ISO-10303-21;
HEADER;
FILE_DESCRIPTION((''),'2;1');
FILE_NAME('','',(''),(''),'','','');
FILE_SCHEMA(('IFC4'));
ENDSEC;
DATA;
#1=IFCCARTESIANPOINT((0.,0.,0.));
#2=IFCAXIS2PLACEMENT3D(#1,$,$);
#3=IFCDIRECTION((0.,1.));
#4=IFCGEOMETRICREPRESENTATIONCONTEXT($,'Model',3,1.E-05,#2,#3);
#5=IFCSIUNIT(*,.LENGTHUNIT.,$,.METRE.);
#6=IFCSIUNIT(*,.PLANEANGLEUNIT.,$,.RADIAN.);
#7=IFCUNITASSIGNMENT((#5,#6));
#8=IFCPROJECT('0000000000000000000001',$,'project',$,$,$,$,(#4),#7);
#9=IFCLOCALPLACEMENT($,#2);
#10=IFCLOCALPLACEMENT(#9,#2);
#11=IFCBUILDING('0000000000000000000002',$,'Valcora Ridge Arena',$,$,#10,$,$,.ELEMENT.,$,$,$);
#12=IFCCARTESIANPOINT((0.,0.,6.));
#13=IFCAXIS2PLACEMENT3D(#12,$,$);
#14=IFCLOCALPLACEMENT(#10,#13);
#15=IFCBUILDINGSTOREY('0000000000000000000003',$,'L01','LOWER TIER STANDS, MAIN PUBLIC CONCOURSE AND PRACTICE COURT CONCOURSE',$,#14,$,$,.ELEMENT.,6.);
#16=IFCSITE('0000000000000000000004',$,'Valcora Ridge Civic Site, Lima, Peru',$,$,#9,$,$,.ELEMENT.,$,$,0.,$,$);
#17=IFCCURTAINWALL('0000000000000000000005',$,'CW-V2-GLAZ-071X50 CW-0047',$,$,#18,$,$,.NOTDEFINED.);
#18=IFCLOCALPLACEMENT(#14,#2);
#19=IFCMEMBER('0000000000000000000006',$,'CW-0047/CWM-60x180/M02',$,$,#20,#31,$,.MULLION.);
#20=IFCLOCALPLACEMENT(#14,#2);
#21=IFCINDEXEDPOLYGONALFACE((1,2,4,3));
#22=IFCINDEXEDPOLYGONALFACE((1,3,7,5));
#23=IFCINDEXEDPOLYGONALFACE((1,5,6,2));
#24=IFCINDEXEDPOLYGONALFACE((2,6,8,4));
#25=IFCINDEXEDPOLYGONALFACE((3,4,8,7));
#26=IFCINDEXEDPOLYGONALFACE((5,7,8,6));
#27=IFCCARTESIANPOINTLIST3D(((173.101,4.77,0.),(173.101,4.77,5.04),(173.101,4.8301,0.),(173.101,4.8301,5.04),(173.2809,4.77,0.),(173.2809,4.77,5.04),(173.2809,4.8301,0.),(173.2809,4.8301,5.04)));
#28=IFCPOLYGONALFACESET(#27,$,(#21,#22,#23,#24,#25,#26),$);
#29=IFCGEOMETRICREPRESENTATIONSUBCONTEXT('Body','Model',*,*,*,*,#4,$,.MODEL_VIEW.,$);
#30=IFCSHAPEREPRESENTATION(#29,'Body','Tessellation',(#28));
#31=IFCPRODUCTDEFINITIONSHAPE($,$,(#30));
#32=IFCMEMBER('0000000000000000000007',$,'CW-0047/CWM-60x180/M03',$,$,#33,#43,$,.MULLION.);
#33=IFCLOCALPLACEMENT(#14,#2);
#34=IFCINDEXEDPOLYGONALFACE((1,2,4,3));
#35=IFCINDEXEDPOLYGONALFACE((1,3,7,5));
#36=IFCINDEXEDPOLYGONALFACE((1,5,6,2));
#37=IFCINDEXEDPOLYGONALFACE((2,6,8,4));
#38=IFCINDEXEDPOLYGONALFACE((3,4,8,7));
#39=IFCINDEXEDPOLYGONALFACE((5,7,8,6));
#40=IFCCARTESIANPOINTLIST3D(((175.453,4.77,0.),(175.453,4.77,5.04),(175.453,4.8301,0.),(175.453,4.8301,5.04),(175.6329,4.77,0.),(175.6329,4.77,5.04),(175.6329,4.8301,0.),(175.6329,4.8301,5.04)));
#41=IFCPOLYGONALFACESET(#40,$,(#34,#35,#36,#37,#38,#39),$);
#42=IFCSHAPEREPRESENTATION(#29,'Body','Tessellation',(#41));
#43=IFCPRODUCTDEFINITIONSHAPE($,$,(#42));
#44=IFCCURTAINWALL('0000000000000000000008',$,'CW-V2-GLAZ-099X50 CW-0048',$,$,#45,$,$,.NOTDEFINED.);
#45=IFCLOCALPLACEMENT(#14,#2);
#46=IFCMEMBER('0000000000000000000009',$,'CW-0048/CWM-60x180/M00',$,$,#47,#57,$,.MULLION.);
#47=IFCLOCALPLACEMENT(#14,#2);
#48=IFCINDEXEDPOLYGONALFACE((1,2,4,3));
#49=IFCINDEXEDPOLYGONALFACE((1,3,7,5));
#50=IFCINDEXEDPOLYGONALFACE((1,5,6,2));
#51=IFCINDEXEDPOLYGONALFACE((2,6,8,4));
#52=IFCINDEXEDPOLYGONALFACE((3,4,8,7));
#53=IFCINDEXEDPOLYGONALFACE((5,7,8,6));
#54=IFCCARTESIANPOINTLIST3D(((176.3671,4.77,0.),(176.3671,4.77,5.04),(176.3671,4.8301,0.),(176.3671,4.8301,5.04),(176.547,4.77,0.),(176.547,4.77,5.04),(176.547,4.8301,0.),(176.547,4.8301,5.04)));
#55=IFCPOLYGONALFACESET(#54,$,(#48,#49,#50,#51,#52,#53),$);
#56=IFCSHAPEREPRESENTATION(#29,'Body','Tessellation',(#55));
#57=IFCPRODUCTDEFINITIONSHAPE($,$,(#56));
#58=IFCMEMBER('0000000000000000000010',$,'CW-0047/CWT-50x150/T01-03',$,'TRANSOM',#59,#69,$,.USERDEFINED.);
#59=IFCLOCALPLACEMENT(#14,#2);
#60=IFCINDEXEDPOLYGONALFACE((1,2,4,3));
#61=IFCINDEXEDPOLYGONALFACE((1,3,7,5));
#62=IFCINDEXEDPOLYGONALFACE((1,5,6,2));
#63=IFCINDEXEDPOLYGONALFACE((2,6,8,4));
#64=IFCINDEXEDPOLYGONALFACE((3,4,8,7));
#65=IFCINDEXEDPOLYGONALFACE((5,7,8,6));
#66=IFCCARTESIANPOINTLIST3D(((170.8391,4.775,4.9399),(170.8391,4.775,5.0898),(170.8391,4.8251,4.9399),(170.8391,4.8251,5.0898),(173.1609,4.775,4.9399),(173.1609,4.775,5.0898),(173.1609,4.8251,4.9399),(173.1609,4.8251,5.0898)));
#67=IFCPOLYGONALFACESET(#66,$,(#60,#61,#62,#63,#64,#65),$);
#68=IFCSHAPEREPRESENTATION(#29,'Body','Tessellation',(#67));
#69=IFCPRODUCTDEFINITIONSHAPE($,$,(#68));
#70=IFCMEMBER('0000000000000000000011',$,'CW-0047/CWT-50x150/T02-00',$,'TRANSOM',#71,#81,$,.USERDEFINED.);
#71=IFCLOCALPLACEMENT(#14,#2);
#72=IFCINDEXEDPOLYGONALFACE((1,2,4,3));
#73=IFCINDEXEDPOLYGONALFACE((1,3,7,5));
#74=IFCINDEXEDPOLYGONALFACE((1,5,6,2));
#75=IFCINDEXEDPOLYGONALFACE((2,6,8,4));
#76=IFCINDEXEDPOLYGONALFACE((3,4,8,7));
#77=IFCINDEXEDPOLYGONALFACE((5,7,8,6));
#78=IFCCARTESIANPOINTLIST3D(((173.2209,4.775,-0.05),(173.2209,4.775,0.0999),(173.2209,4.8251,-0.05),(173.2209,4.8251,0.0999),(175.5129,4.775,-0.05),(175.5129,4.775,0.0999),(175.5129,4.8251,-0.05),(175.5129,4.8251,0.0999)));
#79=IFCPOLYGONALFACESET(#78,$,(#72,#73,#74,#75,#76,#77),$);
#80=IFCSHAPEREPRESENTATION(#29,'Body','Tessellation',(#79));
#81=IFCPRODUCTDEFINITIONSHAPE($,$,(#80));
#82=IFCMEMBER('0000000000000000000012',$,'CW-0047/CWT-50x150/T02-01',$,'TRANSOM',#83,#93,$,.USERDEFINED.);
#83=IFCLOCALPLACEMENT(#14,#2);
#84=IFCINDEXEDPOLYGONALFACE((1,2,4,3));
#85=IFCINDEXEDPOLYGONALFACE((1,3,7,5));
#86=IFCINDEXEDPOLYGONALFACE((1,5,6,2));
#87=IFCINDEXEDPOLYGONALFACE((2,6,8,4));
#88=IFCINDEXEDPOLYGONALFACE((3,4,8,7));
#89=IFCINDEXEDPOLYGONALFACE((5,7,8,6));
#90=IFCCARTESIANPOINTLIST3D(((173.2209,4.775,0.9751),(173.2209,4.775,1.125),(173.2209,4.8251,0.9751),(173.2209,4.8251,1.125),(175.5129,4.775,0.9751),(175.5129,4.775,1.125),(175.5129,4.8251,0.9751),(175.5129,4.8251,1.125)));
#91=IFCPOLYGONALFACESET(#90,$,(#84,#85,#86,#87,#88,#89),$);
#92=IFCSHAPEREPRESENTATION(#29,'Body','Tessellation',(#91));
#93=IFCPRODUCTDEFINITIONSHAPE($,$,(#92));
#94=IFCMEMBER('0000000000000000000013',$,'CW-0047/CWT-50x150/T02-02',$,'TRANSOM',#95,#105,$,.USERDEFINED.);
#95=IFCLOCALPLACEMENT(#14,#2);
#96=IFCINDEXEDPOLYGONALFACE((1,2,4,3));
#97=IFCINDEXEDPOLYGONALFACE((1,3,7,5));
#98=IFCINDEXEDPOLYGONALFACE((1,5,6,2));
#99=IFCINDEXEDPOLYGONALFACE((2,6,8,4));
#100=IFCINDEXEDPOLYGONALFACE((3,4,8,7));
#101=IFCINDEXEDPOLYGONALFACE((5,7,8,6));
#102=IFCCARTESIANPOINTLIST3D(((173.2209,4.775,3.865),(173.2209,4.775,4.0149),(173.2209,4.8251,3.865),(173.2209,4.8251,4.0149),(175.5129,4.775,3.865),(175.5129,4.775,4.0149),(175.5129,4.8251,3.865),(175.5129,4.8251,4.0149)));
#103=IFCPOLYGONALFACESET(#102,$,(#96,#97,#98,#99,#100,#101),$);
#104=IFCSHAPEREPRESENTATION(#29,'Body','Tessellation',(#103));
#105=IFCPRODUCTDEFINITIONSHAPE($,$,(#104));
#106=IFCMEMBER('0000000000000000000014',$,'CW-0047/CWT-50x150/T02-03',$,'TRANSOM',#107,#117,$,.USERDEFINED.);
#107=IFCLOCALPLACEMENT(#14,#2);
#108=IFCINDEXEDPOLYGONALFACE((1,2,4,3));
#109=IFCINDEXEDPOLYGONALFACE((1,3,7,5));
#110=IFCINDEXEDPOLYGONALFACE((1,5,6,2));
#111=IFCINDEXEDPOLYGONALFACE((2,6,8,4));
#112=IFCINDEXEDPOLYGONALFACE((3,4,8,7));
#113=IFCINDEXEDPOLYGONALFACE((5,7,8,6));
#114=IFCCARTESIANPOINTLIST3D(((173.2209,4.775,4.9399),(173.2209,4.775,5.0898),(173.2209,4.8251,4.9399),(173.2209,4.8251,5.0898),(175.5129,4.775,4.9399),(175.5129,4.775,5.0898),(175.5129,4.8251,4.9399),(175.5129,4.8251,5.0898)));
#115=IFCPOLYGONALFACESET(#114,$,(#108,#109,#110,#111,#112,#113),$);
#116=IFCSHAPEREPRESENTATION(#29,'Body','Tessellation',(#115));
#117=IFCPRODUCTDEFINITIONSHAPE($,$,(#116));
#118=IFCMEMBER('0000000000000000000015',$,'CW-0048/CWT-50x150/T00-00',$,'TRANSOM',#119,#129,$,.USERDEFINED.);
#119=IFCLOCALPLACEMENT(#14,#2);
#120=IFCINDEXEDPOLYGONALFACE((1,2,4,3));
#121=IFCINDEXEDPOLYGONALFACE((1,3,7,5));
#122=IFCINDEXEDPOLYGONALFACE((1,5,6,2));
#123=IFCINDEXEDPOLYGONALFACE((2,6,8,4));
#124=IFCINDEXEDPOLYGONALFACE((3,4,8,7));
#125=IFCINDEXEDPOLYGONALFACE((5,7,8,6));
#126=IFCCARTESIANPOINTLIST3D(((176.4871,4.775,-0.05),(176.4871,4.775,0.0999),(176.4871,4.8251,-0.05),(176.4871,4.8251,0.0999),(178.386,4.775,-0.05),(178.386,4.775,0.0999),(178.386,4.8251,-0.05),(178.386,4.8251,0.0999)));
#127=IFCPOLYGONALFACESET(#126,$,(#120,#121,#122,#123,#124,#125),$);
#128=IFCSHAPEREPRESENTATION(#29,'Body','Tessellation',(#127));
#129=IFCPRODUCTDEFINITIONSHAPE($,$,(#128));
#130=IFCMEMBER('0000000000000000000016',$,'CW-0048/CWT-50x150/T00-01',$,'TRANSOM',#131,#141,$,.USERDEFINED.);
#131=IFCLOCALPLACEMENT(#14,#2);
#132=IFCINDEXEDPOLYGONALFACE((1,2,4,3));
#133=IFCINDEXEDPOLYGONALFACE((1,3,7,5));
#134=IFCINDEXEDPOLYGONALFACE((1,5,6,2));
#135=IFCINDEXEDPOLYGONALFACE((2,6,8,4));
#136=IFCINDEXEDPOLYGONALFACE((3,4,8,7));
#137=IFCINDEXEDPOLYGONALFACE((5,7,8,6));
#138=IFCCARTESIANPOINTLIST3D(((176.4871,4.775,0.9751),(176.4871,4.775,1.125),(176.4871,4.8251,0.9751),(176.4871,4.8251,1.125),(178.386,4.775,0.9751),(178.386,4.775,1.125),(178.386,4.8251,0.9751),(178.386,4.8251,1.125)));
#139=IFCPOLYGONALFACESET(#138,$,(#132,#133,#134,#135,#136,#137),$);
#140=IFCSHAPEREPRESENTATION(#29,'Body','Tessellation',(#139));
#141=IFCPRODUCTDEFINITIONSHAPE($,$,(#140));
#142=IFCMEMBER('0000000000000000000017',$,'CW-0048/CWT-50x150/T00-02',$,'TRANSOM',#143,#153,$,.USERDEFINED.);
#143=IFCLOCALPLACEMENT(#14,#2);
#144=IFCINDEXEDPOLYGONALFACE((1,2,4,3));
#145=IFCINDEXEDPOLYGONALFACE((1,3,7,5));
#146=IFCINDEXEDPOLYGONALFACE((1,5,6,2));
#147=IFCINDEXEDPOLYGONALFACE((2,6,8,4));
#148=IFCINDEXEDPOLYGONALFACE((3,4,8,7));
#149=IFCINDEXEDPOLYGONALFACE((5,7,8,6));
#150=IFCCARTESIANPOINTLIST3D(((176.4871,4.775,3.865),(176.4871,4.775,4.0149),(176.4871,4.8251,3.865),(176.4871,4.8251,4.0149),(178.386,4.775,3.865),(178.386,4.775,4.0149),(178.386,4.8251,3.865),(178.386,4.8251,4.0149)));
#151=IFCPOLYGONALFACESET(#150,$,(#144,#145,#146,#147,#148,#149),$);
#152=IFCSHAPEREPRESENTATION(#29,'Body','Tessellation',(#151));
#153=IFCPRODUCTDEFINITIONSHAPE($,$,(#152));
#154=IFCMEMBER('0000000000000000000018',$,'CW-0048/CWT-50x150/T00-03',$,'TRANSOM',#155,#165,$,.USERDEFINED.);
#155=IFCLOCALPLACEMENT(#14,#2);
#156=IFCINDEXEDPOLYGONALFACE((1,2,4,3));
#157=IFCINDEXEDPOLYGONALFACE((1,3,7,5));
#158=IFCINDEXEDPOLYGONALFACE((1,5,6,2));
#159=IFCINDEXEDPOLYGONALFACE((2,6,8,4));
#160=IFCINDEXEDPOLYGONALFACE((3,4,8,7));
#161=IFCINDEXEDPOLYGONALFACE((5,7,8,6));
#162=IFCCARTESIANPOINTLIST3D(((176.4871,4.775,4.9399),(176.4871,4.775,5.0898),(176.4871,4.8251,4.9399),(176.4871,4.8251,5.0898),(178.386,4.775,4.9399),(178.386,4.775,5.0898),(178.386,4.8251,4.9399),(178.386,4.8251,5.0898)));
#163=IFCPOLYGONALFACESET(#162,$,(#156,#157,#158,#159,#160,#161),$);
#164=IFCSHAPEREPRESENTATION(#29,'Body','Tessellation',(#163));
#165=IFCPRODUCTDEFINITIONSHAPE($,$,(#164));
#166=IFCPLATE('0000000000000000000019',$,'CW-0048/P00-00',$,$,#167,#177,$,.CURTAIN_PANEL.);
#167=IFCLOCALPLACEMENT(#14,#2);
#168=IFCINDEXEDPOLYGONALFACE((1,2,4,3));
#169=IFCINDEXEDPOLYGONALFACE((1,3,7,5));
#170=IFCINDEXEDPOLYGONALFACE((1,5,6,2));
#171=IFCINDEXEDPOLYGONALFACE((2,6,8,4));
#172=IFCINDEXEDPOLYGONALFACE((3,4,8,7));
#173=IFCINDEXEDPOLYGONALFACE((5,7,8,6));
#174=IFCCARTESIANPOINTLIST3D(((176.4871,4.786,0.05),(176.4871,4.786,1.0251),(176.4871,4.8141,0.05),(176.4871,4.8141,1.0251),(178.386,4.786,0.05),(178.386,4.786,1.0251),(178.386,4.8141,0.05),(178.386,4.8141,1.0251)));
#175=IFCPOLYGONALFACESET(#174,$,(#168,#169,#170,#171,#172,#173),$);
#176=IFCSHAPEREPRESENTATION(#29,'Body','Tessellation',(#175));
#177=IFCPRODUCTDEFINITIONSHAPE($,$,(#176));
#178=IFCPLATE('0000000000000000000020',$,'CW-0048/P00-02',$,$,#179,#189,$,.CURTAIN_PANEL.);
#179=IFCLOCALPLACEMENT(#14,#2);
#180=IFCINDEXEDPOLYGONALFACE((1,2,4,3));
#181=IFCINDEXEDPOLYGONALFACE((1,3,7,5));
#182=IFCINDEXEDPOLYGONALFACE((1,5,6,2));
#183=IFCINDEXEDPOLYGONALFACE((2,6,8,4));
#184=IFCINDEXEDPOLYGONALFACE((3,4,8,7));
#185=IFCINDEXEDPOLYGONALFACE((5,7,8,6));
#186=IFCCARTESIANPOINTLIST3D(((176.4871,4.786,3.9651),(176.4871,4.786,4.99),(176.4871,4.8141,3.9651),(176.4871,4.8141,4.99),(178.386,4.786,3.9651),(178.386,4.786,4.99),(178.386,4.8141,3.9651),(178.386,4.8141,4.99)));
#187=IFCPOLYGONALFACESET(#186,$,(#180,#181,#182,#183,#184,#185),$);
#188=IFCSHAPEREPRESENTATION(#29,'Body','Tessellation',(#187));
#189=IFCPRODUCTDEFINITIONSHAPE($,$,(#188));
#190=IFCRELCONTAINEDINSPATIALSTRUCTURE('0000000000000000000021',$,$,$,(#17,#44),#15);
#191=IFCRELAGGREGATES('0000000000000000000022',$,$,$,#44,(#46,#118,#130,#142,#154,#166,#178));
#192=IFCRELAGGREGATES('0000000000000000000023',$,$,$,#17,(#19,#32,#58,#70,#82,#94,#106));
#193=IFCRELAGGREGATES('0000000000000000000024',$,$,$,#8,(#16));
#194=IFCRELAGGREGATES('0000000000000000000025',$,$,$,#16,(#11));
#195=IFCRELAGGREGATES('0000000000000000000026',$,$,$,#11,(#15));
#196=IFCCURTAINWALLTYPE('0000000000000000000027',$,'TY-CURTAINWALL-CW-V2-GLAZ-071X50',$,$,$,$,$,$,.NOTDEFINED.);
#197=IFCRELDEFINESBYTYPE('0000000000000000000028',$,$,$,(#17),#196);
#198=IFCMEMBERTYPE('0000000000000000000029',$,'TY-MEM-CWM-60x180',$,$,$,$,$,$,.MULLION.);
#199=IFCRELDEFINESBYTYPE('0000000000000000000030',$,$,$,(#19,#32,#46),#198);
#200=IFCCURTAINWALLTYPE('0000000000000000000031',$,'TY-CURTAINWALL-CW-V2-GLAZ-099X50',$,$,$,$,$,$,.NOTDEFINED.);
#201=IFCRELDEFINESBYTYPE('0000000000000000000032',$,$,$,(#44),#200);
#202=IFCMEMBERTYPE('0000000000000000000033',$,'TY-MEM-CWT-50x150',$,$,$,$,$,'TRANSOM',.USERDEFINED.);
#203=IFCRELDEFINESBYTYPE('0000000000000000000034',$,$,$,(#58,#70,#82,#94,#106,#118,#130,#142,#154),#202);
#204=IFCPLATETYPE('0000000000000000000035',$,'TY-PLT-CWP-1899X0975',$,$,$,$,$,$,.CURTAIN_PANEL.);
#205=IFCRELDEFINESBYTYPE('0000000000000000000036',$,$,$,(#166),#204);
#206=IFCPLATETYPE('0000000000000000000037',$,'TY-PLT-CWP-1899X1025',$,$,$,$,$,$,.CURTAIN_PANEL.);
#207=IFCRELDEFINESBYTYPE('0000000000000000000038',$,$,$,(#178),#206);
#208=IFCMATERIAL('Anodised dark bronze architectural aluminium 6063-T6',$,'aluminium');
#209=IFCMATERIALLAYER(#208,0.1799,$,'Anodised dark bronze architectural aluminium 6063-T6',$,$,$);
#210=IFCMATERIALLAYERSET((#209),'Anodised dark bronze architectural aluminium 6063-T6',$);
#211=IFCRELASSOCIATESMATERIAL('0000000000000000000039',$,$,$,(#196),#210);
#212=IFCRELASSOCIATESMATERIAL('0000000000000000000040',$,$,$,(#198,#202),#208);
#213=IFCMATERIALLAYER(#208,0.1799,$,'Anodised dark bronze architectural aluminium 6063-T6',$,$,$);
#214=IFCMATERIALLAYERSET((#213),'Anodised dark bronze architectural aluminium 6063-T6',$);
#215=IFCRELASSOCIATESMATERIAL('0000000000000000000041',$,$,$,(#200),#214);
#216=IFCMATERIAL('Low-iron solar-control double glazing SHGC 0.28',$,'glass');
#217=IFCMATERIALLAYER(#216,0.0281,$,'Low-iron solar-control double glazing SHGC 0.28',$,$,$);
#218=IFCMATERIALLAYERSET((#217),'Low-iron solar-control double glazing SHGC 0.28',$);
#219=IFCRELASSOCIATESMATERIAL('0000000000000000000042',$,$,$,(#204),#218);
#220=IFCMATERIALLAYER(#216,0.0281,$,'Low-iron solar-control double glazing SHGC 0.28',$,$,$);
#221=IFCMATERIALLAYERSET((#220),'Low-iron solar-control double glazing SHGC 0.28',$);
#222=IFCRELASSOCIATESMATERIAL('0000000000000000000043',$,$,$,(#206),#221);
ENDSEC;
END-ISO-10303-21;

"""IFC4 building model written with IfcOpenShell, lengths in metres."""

from ifc_helpers import new_model, si_unit, direction, frame, origin, origin_2d, place, context, subcontext, project, spatial, rectangle, extrude, material, layer, layer_set, material_profile, profile_set, type_object, element, aggregate, save


model = new_model("IFC4")

# Units and contexts
model_context = context("Model", 3, precision=1e-05, world=origin(), true_north=direction((0.0, 1.0)))
body_context = subcontext(model_context, "Body", "Model", "MODEL_VIEW")
ifc_project = project(units=[si_unit("LENGTHUNIT", "METRE"), si_unit("PLANEANGLEUNIT", "RADIAN")], contexts=[model_context])

# Site, building, storey
site_placement = place(None, origin())
site = spatial("IfcSite", under=ifc_project, at=site_placement, Name="Valcora Ridge Civic Site, Lima, Peru", CompositionType="ELEMENT", RefElevation=0.0)
building_placement = place(site_placement, origin())
building = spatial("IfcBuilding", under=site, at=building_placement, Name="Valcora Ridge Arena", CompositionType="ELEMENT")
storey_placement = place(building_placement, frame((0.0, 0.0, 6.0)))
storey = spatial("IfcBuildingStorey", under=building, at=storey_placement, Name="L01", Description="LOWER TIER STANDS, MAIN PUBLIC CONCOURSE AND PRACTICE COURT CONCOURSE", CompositionType="ELEMENT", Elevation=6.0)

# Curtain wall, members
ifc_material_1 = material(Name="Anodised dark bronze architectural aluminium 6063-T6", Category="aluminium")
ifc_layer_1 = layer(ifc_material_1, 0.1799, Name="Anodised dark bronze architectural aluminium 6063-T6")
ifc_layer_set_1 = layer_set([ifc_layer_1], Name="Anodised dark bronze architectural aluminium 6063-T6")
curtain_wall_type_1 = type_object("IfcCurtainWallType", Name="TY-CURTAINWALL-CW-V2-GLAZ-071X50", PredefinedType="NOTDEFINED", material=ifc_layer_set_1)
curtain_wall_1_placement = place(storey_placement, origin())
curtain_wall_1 = element("IfcCurtainWall", 1, at=curtain_wall_1_placement, inside=storey, type_object=curtain_wall_type_1, Name="CW-V2-GLAZ-071X50 CW-0047", PredefinedType="NOTDEFINED")
ifc_material_profile_1 = material_profile(ifc_material_1, rectangle(XDim=0.0601, YDim=0.1799, at=origin_2d()), Name="ALU MULLION 60x180")
ifc_profile_set_1 = profile_set([ifc_material_profile_1], Name="Anodised dark bronze architectural aluminium 6063-T6")
member_type_1 = type_object("IfcMemberType", Name="TY-MEM-CWM-60x180", PredefinedType="MULLION", material=ifc_profile_set_1)
member_1_placement = place(storey_placement, frame((173.1909, 4.8, 0.0), z_axis=(0.0, 0.0, 1.0), x_axis=(0.0, 1.0, 0.0)))
member_1 = element("IfcMember", 2, at=member_1_placement, type_object=member_type_1, Name="CW-0047/CWM-60x180/M02", PredefinedType="MULLION", context=body_context, shape_type="SweptSolid", body=[
    extrude(rectangle(XDim=0.0601, YDim=0.1799, at=origin_2d()), origin(), (0.0, 0.0, 1.0), 5.04),
])
member_2_placement = place(storey_placement, frame((175.543, 4.8, 0.0), z_axis=(0.0, 0.0, 1.0), x_axis=(0.0, 1.0, 0.0)))
member_2 = element("IfcMember", 3, at=member_2_placement, type_object=member_type_1, Name="CW-0047/CWM-60x180/M03", PredefinedType="MULLION", context=body_context, shape_type="SweptSolid", body=[
    extrude(rectangle(XDim=0.0601, YDim=0.1799, at=origin_2d()), origin(), (0.0, 0.0, 1.0), 5.04),
])

# Curtain wall, member
ifc_layer_2 = layer(ifc_material_1, 0.1799, Name="Anodised dark bronze architectural aluminium 6063-T6")
ifc_layer_set_2 = layer_set([ifc_layer_2], Name="Anodised dark bronze architectural aluminium 6063-T6")
curtain_wall_type_2 = type_object("IfcCurtainWallType", Name="TY-CURTAINWALL-CW-V2-GLAZ-099X50", PredefinedType="NOTDEFINED", material=ifc_layer_set_2)
curtain_wall_2_placement = place(storey_placement, origin())
curtain_wall_2 = element("IfcCurtainWall", 4, at=curtain_wall_2_placement, inside=storey, type_object=curtain_wall_type_2, Name="CW-V2-GLAZ-099X50 CW-0048", PredefinedType="NOTDEFINED")
member_3_placement = place(storey_placement, frame((176.457, 4.8, 0.0), z_axis=(0.0, 0.0, 1.0), x_axis=(0.0, 1.0, 0.0)))
member_3 = element("IfcMember", 5, at=member_3_placement, type_object=member_type_1, Name="CW-0048/CWM-60x180/M00", PredefinedType="MULLION", context=body_context, shape_type="SweptSolid", body=[
    extrude(rectangle(XDim=0.0601, YDim=0.1799, at=origin_2d()), origin(), (0.0, 0.0, 1.0), 5.04),
])

# Members
ifc_material_profile_2 = material_profile(ifc_material_1, rectangle(XDim=0.05, YDim=0.1499, at=origin_2d()), Name="ALU TRANSOM 50x150")
ifc_profile_set_2 = profile_set([ifc_material_profile_2], Name="Anodised dark bronze architectural aluminium 6063-T6")
member_type_2 = type_object("IfcMemberType", Name="TY-MEM-CWT-50x150", ElementType="TRANSOM", PredefinedType="USERDEFINED", material=ifc_profile_set_2)
member_4_placement = place(storey_placement, frame((170.8391, 4.8, 5.0149), z_axis=(1.0, 0.0, 0.0), x_axis=(0.0, 1.0, 0.0)))
member_4 = element("IfcMember", 6, at=member_4_placement, type_object=member_type_2, Name="CW-0047/CWT-50x150/T01-03", ObjectType="TRANSOM", PredefinedType="USERDEFINED", context=body_context, shape_type="SweptSolid", body=[
    extrude(rectangle(XDim=0.05, YDim=0.1499, at=origin_2d()), origin(), (0.0, 0.0, 1.0), 2.3218),
])
member_5_placement = place(storey_placement, frame((173.2209, 4.8, 0.0249), z_axis=(1.0, 0.0, 0.0), x_axis=(0.0, 1.0, 0.0)))
member_5 = element("IfcMember", 7, at=member_5_placement, type_object=member_type_2, Name="CW-0047/CWT-50x150/T02-00", ObjectType="TRANSOM", PredefinedType="USERDEFINED", context=body_context, shape_type="SweptSolid", body=[
    extrude(rectangle(XDim=0.05, YDim=0.1499, at=origin_2d()), origin(), (0.0, 0.0, 1.0), 2.292),
])
member_6_placement = place(storey_placement, frame((173.2209, 4.8, 1.05), z_axis=(1.0, 0.0, 0.0), x_axis=(0.0, 1.0, 0.0)))
member_6 = element("IfcMember", 8, at=member_6_placement, type_object=member_type_2, Name="CW-0047/CWT-50x150/T02-01", ObjectType="TRANSOM", PredefinedType="USERDEFINED", context=body_context, shape_type="SweptSolid", body=[
    extrude(rectangle(XDim=0.05, YDim=0.1499, at=origin_2d()), origin(), (0.0, 0.0, 1.0), 2.292),
])
member_7_placement = place(storey_placement, frame((173.2209, 4.8, 3.9399), z_axis=(1.0, 0.0, 0.0), x_axis=(0.0, 1.0, 0.0)))
member_7 = element("IfcMember", 9, at=member_7_placement, type_object=member_type_2, Name="CW-0047/CWT-50x150/T02-02", ObjectType="TRANSOM", PredefinedType="USERDEFINED", context=body_context, shape_type="SweptSolid", body=[
    extrude(rectangle(XDim=0.05, YDim=0.1499, at=origin_2d()), origin(), (0.0, 0.0, 1.0), 2.292),
])
member_8_placement = place(storey_placement, frame((173.2209, 4.8, 5.0149), z_axis=(1.0, 0.0, 0.0), x_axis=(0.0, 1.0, 0.0)))
member_8 = element("IfcMember", 10, at=member_8_placement, type_object=member_type_2, Name="CW-0047/CWT-50x150/T02-03", ObjectType="TRANSOM", PredefinedType="USERDEFINED", context=body_context, shape_type="SweptSolid", body=[
    extrude(rectangle(XDim=0.05, YDim=0.1499, at=origin_2d()), origin(), (0.0, 0.0, 1.0), 2.292),
])
member_9_placement = place(storey_placement, frame((176.4871, 4.8, 0.0249), z_axis=(1.0, 0.0, 0.0), x_axis=(0.0, 1.0, 0.0)))
member_9 = element("IfcMember", 11, at=member_9_placement, type_object=member_type_2, Name="CW-0048/CWT-50x150/T00-00", ObjectType="TRANSOM", PredefinedType="USERDEFINED", context=body_context, shape_type="SweptSolid", body=[
    extrude(rectangle(XDim=0.05, YDim=0.1499, at=origin_2d()), origin(), (0.0, 0.0, 1.0), 1.8989),
])
member_10_placement = place(storey_placement, frame((176.4871, 4.8, 1.05), z_axis=(1.0, 0.0, 0.0), x_axis=(0.0, 1.0, 0.0)))
member_10 = element("IfcMember", 12, at=member_10_placement, type_object=member_type_2, Name="CW-0048/CWT-50x150/T00-01", ObjectType="TRANSOM", PredefinedType="USERDEFINED", context=body_context, shape_type="SweptSolid", body=[
    extrude(rectangle(XDim=0.05, YDim=0.1499, at=origin_2d()), origin(), (0.0, 0.0, 1.0), 1.8989),
])
member_11_placement = place(storey_placement, frame((176.4871, 4.8, 3.9399), z_axis=(1.0, 0.0, 0.0), x_axis=(0.0, 1.0, 0.0)))
member_11 = element("IfcMember", 13, at=member_11_placement, type_object=member_type_2, Name="CW-0048/CWT-50x150/T00-02", ObjectType="TRANSOM", PredefinedType="USERDEFINED", context=body_context, shape_type="SweptSolid", body=[
    extrude(rectangle(XDim=0.05, YDim=0.1499, at=origin_2d()), origin(), (0.0, 0.0, 1.0), 1.8989),
])
member_12_placement = place(storey_placement, frame((176.4871, 4.8, 5.0149), z_axis=(1.0, 0.0, 0.0), x_axis=(0.0, 1.0, 0.0)))
member_12 = element("IfcMember", 14, at=member_12_placement, type_object=member_type_2, Name="CW-0048/CWT-50x150/T00-03", ObjectType="TRANSOM", PredefinedType="USERDEFINED", context=body_context, shape_type="SweptSolid", body=[
    extrude(rectangle(XDim=0.05, YDim=0.1499, at=origin_2d()), origin(), (0.0, 0.0, 1.0), 1.8989),
])

# Plates
ifc_material_2 = material(Name="Low-iron solar-control double glazing SHGC 0.28", Category="glass")
ifc_layer_3 = layer(ifc_material_2, 0.0281, Name="Low-iron solar-control double glazing SHGC 0.28")
ifc_layer_set_3 = layer_set([ifc_layer_3], Name="Low-iron solar-control double glazing SHGC 0.28")
plate_type_1 = type_object("IfcPlateType", Name="TY-PLT-CWP-1899X0975", PredefinedType="CURTAIN_PANEL", material=ifc_layer_set_3)
plate_1_placement = place(storey_placement, frame((177.4365, 4.8, 0.05), z_axis=(0.0, 0.0, 1.0), x_axis=(1.0, 0.0, 0.0)))
plate_1 = element("IfcPlate", 15, at=plate_1_placement, type_object=plate_type_1, Name="CW-0048/P00-00", PredefinedType="CURTAIN_PANEL", context=body_context, shape_type="SweptSolid", body=[
    extrude(rectangle(XDim=1.8989, YDim=0.0281, at=origin_2d()), origin(), (0.0, 0.0, 1.0), 0.9751),
])
ifc_layer_4 = layer(ifc_material_2, 0.0281, Name="Low-iron solar-control double glazing SHGC 0.28")
ifc_layer_set_4 = layer_set([ifc_layer_4], Name="Low-iron solar-control double glazing SHGC 0.28")
plate_type_2 = type_object("IfcPlateType", Name="TY-PLT-CWP-1899X1025", PredefinedType="CURTAIN_PANEL", material=ifc_layer_set_4)
plate_2_placement = place(storey_placement, frame((177.4365, 4.8, 3.9651), z_axis=(0.0, 0.0, 1.0), x_axis=(1.0, 0.0, 0.0)))
plate_2 = element("IfcPlate", 16, at=plate_2_placement, type_object=plate_type_2, Name="CW-0048/P00-02", PredefinedType="CURTAIN_PANEL", context=body_context, shape_type="SweptSolid", body=[
    extrude(rectangle(XDim=1.8989, YDim=0.0281, at=origin_2d()), origin(), (0.0, 0.0, 1.0), 1.0249),
])
aggregate(curtain_wall_2, [member_3, member_9, member_10, member_11, member_12, plate_1, plate_2])
aggregate(curtain_wall_1, [member_1, member_2, member_4, member_5, member_6, member_7, member_8])

save(model, "model.ifc")
